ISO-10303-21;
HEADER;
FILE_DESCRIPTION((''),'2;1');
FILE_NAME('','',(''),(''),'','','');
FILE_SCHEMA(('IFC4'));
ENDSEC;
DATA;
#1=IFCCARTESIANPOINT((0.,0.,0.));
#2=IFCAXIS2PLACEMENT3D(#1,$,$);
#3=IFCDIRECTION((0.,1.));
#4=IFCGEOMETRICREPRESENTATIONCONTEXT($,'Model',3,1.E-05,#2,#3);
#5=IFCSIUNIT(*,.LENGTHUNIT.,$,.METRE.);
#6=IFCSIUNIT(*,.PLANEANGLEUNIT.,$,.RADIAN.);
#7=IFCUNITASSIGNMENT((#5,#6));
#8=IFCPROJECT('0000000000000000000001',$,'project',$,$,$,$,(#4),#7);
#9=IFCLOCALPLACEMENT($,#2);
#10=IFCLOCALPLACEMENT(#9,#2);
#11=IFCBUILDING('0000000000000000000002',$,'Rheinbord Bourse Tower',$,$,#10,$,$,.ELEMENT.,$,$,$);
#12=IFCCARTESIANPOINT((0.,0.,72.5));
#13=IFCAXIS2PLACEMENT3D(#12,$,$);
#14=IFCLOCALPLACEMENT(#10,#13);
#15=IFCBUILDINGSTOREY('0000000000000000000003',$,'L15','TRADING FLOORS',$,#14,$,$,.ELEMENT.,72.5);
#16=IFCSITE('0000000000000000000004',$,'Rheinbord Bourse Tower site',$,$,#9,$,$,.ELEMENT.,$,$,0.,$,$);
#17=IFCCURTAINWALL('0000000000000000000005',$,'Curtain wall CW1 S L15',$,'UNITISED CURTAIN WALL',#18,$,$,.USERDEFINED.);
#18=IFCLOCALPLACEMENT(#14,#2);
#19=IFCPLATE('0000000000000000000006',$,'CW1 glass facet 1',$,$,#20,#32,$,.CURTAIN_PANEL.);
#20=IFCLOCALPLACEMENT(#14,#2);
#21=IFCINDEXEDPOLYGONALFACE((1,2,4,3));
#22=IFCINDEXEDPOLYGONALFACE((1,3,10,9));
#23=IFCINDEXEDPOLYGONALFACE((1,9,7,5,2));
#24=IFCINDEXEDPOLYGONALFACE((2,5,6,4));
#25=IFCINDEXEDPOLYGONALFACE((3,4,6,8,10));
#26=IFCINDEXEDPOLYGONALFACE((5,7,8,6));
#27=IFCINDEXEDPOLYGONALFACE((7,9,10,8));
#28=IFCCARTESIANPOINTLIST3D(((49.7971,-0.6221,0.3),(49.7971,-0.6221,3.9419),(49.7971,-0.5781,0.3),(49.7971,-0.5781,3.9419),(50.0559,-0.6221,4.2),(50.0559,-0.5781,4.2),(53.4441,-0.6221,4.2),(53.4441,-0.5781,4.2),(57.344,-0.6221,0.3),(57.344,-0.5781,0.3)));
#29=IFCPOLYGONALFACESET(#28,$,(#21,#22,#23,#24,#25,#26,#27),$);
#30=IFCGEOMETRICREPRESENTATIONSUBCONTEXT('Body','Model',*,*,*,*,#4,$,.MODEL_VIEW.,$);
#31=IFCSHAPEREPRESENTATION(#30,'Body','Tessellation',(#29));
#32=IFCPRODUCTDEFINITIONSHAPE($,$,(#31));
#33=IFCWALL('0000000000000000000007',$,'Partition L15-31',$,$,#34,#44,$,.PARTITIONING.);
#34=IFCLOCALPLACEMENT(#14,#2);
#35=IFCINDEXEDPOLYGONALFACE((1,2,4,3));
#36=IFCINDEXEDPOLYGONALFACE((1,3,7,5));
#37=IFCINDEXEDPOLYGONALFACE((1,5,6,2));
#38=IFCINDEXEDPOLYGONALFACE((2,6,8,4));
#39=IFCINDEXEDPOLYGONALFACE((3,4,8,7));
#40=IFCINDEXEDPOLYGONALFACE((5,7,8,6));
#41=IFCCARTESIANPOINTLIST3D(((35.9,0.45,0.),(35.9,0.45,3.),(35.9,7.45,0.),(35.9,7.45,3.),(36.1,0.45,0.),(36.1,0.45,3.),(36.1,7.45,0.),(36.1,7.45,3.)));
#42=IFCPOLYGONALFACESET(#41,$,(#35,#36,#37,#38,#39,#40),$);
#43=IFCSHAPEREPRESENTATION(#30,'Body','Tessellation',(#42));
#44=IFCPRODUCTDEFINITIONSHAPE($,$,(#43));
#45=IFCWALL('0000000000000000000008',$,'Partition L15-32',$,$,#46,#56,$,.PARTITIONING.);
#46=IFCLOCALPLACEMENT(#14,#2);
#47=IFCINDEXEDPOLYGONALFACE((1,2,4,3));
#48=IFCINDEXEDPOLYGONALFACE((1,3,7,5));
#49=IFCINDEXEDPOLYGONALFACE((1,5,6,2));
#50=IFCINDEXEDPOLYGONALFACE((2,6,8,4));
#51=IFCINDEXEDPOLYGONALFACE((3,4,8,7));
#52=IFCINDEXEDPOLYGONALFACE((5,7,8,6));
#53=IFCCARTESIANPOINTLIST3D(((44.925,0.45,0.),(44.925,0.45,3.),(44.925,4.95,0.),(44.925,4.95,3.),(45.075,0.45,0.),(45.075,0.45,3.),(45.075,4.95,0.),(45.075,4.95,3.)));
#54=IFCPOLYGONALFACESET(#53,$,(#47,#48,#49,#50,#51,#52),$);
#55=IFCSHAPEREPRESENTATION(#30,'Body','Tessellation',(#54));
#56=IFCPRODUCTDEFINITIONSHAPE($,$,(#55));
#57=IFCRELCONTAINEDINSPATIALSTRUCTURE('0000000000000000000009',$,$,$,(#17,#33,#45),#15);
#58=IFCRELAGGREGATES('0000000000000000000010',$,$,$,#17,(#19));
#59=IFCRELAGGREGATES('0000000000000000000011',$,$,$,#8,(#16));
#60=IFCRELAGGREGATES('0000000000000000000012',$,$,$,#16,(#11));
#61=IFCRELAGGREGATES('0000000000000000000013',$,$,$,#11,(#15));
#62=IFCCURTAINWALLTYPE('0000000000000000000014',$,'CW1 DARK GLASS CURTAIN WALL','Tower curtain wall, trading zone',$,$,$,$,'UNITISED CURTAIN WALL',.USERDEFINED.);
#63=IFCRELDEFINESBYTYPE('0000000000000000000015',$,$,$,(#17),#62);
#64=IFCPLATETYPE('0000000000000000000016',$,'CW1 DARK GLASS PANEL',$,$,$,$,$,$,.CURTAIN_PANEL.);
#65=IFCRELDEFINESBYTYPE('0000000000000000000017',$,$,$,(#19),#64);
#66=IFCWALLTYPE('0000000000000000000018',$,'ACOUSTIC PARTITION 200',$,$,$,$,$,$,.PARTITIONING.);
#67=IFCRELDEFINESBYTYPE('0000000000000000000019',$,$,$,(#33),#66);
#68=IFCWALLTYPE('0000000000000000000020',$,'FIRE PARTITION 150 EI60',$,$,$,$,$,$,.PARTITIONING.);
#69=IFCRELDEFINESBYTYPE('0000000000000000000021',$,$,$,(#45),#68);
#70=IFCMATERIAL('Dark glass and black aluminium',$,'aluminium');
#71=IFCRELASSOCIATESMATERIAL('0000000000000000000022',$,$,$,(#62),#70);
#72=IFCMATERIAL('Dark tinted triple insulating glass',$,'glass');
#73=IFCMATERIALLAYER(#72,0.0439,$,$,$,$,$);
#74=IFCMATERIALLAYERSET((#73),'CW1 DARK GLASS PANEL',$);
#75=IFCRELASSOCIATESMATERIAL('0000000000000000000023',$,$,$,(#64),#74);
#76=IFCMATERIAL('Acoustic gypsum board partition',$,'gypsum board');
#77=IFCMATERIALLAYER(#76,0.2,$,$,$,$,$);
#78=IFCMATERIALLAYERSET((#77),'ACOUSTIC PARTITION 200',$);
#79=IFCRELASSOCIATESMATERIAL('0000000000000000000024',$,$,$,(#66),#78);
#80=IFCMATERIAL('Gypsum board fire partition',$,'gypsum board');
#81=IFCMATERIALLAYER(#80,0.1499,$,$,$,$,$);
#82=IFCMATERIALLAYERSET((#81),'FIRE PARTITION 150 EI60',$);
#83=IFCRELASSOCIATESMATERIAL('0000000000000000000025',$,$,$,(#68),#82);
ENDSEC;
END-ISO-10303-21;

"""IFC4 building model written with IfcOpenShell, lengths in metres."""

from ifc_helpers import new_model, si_unit, direction, frame, frame_2d, origin, place, context, subcontext, project, spatial, polyline, rectangle, outline, extrude, material, layer, layer_set, type_object, element, aggregate, save


model = new_model("IFC4")

# Units and contexts
model_context = context("Model", 3, precision=1e-05, world=origin(), true_north=direction((0.0, 1.0)))
body_context = subcontext(model_context, "Body", "Model", "MODEL_VIEW")
ifc_project = project(units=[si_unit("LENGTHUNIT", "METRE"), si_unit("PLANEANGLEUNIT", "RADIAN")], contexts=[model_context])

# Site, building, storey
site_placement = place(None, origin())
site = spatial("IfcSite", under=ifc_project, at=site_placement, Name="Rheinbord Bourse Tower site", CompositionType="ELEMENT", RefElevation=0.0)
building_placement = place(site_placement, origin())
building = spatial("IfcBuilding", under=site, at=building_placement, Name="Rheinbord Bourse Tower", CompositionType="ELEMENT")
storey_placement = place(building_placement, frame((0.0, 0.0, 72.5)))
storey = spatial("IfcBuildingStorey", under=building, at=storey_placement, Name="L15", Description="TRADING FLOORS", CompositionType="ELEMENT", Elevation=72.5)

# Curtain wall
ifc_material_1 = material(Name="Dark glass and black aluminium", Category="aluminium")
curtain_wall_type = type_object("IfcCurtainWallType", Name="CW1 DARK GLASS CURTAIN WALL", Description="Tower curtain wall, trading zone", ElementType="UNITISED CURTAIN WALL", PredefinedType="USERDEFINED", material=ifc_material_1)
curtain_wall_placement = place(storey_placement, origin())
curtain_wall = element("IfcCurtainWall", 1, at=curtain_wall_placement, inside=storey, type_object=curtain_wall_type, Name="Curtain wall CW1 S L15", ObjectType="UNITISED CURTAIN WALL", PredefinedType="USERDEFINED")

# Plate
ifc_material_2 = material(Name="Dark tinted triple insulating glass", Category="glass")
ifc_layer_1 = layer(ifc_material_2, 0.0439)
ifc_layer_set_1 = layer_set([ifc_layer_1], Name="CW1 DARK GLASS PANEL")
plate_type = type_object("IfcPlateType", Name="CW1 DARK GLASS PANEL", PredefinedType="CURTAIN_PANEL", material=ifc_layer_set_1)
plate_1_placement = place(storey_placement, frame((49.7971, -0.6221, 0.3), z_axis=(0.0, 1.0, 0.0), x_axis=(0.0, 0.0, 1.0)))
plate_1 = element("IfcPlate", 2, at=plate_1_placement, type_object=plate_type, Name="CW1 glass facet 1", PredefinedType="CURTAIN_PANEL", context=body_context, shape_type="SweptSolid", body=[
    extrude(outline(polyline([(0.0, 0.0), (3.6418, 0.0), (3.8999, 0.2588), (3.8999, 3.647), (0.0, 7.5469), (0.0, 0.0)])), origin(), (0.0, 0.0, 1.0), 0.0439),
])
aggregate(curtain_wall, [plate_1])

# Walls
ifc_material_3 = material(Name="Acoustic gypsum board partition", Category="gypsum board")
ifc_layer_2 = layer(ifc_material_3, 0.2)
ifc_layer_set_2 = layer_set([ifc_layer_2], Name="ACOUSTIC PARTITION 200")
wall_type_1 = type_object("IfcWallType", Name="ACOUSTIC PARTITION 200", PredefinedType="PARTITIONING", material=ifc_layer_set_2)
wall_1_placement = place(storey_placement, frame((36.0, 0.45, 0.0), z_axis=(0.0, 0.0, 1.0), x_axis=(0.0, 1.0, 0.0)))
element("IfcWall", 3, at=wall_1_placement, inside=storey, type_object=wall_type_1, Name="Partition L15-31", PredefinedType="PARTITIONING", context=body_context, shape_type="SweptSolid", body=[
    extrude(rectangle(XDim=7.0, YDim=0.2, at=frame_2d((3.5, 0.0))), origin(), (0.0, 0.0, 1.0), 3.0),
])
ifc_material_4 = material(Name="Gypsum board fire partition", Category="gypsum board")
ifc_layer_3 = layer(ifc_material_4, 0.1499)
ifc_layer_set_3 = layer_set([ifc_layer_3], Name="FIRE PARTITION 150 EI60")
wall_type_2 = type_object("IfcWallType", Name="FIRE PARTITION 150 EI60", PredefinedType="PARTITIONING", material=ifc_layer_set_3)
wall_2_placement = place(storey_placement, frame((45.0, 0.45, 0.0), z_axis=(0.0, 0.0, 1.0), x_axis=(0.0, 1.0, 0.0)))
element("IfcWall", 4, at=wall_2_placement, inside=storey, type_object=wall_type_2, Name="Partition L15-32", PredefinedType="PARTITIONING", context=body_context, shape_type="SweptSolid", body=[
    extrude(rectangle(XDim=4.5, YDim=0.1499, at=frame_2d((2.25, 0.0))), origin(), (0.0, 0.0, 1.0), 3.0),
])

save(model, "model.ifc")
